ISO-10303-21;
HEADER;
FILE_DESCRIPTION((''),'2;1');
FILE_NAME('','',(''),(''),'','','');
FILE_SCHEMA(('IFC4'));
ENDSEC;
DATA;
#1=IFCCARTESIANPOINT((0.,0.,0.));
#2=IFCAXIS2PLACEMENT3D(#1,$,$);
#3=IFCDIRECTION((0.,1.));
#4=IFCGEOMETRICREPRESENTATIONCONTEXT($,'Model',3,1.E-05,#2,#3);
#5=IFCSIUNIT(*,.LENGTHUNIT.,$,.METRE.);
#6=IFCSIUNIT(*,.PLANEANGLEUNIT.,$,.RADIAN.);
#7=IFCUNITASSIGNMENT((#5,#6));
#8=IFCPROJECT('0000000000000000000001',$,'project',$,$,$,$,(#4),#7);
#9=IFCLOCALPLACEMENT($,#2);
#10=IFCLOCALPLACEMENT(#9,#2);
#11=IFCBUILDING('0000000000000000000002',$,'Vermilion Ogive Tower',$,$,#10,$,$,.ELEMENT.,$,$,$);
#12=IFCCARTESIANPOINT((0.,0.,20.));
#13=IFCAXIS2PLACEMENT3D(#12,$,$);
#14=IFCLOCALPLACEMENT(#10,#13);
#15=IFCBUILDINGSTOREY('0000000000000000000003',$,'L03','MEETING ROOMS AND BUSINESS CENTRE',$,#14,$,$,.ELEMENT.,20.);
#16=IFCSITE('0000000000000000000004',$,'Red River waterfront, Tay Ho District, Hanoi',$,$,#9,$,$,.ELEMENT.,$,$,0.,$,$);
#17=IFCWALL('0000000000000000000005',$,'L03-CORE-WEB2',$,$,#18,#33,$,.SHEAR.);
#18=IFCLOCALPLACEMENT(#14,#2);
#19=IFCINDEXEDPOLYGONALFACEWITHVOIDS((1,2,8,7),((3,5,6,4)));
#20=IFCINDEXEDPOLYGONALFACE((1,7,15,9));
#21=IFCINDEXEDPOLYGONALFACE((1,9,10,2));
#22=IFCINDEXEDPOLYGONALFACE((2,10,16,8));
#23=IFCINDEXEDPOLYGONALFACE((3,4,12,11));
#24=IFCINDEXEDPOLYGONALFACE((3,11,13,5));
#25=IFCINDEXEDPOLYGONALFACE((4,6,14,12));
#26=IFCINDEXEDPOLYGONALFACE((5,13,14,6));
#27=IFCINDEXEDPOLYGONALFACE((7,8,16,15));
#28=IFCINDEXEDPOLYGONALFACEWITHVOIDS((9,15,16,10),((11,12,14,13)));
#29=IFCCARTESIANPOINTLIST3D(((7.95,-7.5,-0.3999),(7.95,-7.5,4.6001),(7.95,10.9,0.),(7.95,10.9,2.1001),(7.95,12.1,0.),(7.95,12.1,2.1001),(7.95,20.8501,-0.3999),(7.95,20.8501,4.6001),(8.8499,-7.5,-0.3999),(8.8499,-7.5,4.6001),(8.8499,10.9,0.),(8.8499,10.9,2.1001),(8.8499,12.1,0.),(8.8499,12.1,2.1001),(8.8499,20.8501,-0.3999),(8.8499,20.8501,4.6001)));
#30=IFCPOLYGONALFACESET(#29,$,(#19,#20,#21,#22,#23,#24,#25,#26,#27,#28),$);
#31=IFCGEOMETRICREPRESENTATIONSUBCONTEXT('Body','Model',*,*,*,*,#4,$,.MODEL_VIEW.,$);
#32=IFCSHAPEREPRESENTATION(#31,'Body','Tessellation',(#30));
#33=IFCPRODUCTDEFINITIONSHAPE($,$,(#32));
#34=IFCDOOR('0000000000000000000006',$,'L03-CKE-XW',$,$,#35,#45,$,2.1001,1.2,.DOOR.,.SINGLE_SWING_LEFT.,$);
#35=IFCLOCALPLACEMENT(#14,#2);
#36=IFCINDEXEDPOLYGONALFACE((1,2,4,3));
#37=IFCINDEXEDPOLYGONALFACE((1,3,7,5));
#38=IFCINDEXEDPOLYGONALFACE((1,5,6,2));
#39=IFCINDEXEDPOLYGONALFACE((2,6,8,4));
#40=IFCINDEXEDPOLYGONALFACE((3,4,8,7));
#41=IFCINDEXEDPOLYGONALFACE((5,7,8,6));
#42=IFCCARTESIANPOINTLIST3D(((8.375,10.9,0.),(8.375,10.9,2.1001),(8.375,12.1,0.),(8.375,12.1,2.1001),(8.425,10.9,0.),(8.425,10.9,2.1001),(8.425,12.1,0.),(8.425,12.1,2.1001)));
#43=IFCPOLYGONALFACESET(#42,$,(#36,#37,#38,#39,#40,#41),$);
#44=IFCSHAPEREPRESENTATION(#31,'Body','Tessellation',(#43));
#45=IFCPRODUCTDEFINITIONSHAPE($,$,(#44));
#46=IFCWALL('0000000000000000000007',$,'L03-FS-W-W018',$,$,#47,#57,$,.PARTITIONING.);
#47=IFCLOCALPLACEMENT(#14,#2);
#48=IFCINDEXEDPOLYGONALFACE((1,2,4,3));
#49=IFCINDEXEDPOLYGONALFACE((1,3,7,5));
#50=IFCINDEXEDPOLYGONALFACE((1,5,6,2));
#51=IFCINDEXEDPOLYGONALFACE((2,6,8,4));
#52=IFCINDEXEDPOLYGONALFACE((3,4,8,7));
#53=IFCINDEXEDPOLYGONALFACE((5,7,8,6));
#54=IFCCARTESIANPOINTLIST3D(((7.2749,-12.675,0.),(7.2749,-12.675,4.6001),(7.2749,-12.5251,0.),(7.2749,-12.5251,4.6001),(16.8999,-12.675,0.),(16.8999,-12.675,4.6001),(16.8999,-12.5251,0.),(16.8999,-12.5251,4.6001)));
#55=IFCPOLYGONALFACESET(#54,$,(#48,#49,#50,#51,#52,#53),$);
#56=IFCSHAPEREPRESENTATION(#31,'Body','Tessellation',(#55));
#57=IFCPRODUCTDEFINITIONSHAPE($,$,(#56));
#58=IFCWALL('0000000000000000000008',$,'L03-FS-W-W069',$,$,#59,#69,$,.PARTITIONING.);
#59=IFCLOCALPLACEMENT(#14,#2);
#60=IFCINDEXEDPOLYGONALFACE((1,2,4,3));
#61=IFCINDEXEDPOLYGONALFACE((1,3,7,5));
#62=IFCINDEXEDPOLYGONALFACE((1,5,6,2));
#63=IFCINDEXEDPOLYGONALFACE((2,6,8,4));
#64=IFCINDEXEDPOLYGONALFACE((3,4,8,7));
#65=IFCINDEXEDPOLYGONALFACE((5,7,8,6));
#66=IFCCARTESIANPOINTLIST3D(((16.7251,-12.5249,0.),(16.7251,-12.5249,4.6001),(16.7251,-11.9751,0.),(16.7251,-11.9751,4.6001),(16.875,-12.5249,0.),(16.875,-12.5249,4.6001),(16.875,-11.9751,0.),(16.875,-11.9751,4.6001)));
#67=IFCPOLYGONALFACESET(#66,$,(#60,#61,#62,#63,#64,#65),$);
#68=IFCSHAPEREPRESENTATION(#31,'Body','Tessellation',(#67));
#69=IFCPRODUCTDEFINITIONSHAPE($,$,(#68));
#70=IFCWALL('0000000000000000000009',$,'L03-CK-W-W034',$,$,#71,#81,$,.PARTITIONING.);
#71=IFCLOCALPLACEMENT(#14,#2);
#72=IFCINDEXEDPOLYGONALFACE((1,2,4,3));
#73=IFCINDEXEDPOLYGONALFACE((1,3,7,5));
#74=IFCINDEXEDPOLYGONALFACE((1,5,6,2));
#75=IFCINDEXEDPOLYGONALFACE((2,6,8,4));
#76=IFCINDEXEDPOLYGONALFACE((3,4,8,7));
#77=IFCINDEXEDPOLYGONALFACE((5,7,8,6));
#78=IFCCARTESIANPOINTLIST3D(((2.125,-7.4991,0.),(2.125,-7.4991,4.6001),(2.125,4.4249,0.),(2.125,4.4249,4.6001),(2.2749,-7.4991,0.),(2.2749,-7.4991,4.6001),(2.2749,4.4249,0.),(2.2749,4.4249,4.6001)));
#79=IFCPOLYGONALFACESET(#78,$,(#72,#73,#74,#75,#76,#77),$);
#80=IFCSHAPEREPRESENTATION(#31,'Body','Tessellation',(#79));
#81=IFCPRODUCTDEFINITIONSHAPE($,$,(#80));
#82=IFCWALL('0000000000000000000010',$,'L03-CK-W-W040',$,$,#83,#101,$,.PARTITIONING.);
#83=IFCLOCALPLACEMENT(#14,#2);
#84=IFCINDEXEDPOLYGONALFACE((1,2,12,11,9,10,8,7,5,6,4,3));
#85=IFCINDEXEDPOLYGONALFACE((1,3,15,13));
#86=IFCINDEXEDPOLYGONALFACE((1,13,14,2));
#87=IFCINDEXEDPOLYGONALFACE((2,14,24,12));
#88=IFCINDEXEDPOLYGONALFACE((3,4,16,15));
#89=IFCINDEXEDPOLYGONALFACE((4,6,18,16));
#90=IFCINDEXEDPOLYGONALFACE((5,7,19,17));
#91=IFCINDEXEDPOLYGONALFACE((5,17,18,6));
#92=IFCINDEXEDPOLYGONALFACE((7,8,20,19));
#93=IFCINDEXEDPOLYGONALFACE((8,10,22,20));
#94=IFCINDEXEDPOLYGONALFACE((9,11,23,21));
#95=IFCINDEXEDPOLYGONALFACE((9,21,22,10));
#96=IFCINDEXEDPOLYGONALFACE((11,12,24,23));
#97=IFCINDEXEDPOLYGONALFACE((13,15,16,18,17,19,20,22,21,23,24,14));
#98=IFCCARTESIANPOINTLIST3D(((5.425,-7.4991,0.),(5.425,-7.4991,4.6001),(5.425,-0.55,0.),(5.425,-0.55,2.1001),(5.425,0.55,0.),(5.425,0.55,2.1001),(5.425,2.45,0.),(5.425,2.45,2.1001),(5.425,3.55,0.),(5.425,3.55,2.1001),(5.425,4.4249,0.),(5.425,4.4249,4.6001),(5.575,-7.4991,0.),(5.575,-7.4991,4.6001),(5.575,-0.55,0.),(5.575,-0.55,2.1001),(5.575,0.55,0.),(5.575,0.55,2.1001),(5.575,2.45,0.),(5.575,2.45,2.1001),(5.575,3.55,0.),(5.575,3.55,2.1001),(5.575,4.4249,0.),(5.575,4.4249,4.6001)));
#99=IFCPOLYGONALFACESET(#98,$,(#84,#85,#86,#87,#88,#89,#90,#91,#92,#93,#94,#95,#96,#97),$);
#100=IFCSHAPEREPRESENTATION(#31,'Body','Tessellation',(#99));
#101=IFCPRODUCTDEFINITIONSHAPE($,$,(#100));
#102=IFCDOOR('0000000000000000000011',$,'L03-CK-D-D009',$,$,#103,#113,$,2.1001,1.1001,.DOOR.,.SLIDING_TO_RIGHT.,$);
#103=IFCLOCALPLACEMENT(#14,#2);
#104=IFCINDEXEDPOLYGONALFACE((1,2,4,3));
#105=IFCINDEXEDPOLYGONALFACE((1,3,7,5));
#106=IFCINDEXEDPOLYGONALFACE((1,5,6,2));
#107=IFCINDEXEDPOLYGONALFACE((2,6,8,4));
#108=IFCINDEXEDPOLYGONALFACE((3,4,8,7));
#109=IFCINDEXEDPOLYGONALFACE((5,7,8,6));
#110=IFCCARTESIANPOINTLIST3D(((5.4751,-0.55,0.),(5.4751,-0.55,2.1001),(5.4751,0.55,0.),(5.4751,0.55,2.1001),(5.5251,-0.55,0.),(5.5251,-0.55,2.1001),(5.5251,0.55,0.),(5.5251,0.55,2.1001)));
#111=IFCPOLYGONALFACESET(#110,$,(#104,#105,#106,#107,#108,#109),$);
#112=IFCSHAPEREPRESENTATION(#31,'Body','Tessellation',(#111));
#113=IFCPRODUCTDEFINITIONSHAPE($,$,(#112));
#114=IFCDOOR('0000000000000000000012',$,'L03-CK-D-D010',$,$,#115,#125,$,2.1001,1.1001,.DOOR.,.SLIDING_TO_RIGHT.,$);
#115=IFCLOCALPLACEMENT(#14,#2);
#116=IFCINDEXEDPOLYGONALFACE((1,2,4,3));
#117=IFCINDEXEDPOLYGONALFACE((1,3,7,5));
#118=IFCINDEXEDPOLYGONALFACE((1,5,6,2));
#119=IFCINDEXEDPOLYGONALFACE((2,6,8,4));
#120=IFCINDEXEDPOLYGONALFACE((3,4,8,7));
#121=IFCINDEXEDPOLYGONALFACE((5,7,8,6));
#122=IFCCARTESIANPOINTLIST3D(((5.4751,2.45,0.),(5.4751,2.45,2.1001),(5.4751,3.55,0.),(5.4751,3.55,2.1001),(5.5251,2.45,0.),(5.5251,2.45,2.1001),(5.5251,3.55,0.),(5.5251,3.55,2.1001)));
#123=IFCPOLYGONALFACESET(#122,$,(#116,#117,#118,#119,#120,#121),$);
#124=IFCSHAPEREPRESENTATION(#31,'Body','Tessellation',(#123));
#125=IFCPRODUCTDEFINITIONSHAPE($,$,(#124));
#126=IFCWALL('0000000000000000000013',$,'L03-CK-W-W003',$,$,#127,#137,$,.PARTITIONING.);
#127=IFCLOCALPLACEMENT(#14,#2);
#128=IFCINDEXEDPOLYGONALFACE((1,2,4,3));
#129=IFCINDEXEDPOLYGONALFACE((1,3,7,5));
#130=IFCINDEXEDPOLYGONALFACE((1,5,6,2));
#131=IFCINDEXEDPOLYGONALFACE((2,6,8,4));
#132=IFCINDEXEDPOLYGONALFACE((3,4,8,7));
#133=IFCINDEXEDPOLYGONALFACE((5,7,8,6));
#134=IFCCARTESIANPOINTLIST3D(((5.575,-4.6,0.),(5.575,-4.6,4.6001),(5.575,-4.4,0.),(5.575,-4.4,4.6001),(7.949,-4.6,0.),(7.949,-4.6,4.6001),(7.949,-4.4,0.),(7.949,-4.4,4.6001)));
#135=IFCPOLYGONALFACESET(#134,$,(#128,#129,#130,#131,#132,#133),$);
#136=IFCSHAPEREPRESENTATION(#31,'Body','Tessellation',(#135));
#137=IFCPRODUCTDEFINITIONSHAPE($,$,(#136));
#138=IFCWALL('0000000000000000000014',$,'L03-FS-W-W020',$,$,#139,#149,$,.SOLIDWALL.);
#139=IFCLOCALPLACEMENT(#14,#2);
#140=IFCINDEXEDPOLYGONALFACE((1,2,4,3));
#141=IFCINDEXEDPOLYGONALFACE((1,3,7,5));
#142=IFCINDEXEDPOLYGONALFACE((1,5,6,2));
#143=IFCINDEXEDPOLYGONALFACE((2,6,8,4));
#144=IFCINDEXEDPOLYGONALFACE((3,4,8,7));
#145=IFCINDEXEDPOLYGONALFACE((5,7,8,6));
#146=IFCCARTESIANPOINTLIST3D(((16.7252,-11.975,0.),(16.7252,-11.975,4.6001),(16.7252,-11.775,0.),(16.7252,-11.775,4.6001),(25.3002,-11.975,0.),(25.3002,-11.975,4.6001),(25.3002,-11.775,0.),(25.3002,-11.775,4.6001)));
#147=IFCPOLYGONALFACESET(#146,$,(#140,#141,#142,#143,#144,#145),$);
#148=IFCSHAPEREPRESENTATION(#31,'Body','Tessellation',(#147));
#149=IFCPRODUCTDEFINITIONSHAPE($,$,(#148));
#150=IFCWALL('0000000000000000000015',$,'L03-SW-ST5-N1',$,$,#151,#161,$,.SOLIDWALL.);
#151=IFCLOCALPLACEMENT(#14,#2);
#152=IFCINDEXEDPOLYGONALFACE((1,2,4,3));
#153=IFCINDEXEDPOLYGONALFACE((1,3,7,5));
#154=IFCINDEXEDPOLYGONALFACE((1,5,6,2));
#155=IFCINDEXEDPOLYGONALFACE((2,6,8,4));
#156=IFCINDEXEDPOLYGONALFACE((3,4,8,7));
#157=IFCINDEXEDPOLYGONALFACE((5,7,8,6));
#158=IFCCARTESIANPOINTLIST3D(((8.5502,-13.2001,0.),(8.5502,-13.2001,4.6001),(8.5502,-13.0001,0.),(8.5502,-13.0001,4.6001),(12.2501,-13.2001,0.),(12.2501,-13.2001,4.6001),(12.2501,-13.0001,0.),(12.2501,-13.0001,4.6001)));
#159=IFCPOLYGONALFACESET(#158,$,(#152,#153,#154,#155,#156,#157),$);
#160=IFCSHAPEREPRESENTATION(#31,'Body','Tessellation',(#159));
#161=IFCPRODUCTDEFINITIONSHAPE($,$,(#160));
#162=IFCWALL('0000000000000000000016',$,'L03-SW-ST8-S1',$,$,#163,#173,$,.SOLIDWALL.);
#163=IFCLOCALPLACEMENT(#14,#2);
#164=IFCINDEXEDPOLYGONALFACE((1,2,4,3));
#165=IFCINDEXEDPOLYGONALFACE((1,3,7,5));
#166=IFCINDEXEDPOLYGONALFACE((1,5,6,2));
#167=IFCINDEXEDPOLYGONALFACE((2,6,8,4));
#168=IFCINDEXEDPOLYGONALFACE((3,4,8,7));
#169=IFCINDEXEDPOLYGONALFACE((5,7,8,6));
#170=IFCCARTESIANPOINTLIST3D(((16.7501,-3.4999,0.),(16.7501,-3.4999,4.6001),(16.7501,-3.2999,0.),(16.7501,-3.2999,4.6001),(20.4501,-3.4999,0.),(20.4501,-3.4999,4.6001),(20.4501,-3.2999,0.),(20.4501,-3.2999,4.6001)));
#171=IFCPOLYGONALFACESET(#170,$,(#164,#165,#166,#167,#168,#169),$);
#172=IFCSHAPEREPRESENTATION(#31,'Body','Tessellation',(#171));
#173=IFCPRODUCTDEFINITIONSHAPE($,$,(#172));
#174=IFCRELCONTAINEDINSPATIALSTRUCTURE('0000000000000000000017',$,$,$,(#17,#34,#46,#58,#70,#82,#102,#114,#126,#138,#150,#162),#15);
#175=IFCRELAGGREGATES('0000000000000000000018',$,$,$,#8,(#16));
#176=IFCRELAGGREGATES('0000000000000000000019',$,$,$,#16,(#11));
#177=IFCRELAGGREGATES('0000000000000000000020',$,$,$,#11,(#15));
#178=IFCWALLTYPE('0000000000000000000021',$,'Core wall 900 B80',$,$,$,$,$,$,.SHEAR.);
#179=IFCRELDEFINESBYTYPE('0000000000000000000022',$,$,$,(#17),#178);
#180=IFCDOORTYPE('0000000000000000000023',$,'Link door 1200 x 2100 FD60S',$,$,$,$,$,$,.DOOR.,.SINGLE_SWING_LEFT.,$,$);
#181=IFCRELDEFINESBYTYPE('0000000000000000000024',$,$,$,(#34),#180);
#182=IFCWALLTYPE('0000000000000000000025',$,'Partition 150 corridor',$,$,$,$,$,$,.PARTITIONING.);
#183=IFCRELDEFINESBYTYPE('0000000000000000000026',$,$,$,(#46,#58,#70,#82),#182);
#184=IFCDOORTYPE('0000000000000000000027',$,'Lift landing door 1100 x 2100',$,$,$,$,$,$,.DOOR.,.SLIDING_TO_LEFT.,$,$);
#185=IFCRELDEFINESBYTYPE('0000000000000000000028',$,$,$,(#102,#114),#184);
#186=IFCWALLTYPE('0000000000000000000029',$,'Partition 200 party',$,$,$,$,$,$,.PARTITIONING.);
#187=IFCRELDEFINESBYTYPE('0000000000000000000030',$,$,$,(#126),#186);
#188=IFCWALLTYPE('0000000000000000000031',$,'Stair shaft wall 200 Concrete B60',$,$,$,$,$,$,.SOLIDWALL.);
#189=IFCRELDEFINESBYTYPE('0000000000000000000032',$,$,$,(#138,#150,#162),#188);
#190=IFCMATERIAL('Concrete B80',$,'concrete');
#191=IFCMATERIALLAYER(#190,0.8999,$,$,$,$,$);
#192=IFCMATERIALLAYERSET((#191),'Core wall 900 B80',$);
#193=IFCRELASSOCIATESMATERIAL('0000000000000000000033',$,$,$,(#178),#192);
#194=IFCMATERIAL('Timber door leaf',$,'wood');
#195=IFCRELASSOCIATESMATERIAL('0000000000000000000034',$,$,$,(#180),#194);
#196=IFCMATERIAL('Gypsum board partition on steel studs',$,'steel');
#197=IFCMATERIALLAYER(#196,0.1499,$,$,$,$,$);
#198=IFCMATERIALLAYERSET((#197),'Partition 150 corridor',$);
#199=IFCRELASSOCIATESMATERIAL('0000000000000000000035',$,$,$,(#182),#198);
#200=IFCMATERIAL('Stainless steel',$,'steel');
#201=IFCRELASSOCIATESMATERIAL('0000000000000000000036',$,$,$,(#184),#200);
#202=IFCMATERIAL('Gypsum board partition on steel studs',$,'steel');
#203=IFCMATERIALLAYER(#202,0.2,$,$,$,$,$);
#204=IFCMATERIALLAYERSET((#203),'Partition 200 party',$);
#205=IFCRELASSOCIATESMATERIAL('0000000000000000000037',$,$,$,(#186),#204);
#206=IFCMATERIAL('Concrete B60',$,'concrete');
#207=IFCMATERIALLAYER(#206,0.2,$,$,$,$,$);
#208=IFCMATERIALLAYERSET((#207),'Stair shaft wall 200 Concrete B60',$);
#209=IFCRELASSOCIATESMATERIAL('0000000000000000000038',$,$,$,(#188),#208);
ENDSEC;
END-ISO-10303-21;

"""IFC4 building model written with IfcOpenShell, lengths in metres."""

from ifc_helpers import new_model, si_unit, direction, frame, frame_2d, origin, place, context, subcontext, project, spatial, rectangle, extrude, material, layer, layer_set, type_object, element, fill, save


model = new_model("IFC4")

# Units and contexts
model_context = context("Model", 3, precision=1e-05, world=origin(), true_north=direction((0.0, 1.0)))
body_context = subcontext(model_context, "Body", "Model", "MODEL_VIEW")
ifc_project = project(units=[si_unit("LENGTHUNIT", "METRE"), si_unit("PLANEANGLEUNIT", "RADIAN")], contexts=[model_context])

# Site, building, storey
site_placement = place(None, origin())
site = spatial("IfcSite", under=ifc_project, at=site_placement, Name="Red River waterfront, Tay Ho District, Hanoi", CompositionType="ELEMENT", RefElevation=0.0)
building_placement = place(site_placement, origin())
building = spatial("IfcBuilding", under=site, at=building_placement, Name="Vermilion Ogive Tower", CompositionType="ELEMENT")
storey_placement = place(building_placement, frame((0.0, 0.0, 20.0)))
storey = spatial("IfcBuildingStorey", under=building, at=storey_placement, Name="L03", Description="MEETING ROOMS AND BUSINESS CENTRE", CompositionType="ELEMENT", Elevation=20.0)

# Shared definitions
ifc_material_1 = material(Name="Concrete B80", Category="concrete")
ifc_layer_1 = layer(ifc_material_1, 0.8999)
ifc_layer_set_1 = layer_set([ifc_layer_1], Name="Core wall 900 B80")
wall_type_1 = type_object("IfcWallType", Name="Core wall 900 B80", PredefinedType="SHEAR", material=ifc_layer_set_1)
ifc_material_2 = material(Name="Timber door leaf", Category="wood")
door_type_1 = type_object("IfcDoorType", Name="Link door 1200 x 2100 FD60S", OperationType="SINGLE_SWING_LEFT", PredefinedType="DOOR", material=ifc_material_2)

# Wall, opening, door
wall_1_placement = place(storey_placement, frame((8.3999, -7.5, -0.3999), z_axis=(0.0, 0.0, 1.0), x_axis=(0.0, 1.0, 0.0)))
wall_1 = element("IfcWall", 1, at=wall_1_placement, inside=storey, type_object=wall_type_1, Name="L03-CORE-WEB2", PredefinedType="SHEAR", context=body_context, shape_type="SweptSolid", body=[
    extrude(rectangle(XDim=28.3501, YDim=0.8999, at=frame_2d((14.175, 0.0))), origin(), (0.0, 0.0, 1.0), 5.0),
])
opening_1_placement = place(wall_1_placement, frame((18.3999, 0.0, 0.3999)))
opening_1 = element("IfcOpeningElement", 2, at=opening_1_placement, cuts=wall_1, PredefinedType="OPENING", context=body_context, shape_type="SweptSolid", body=[
    extrude(rectangle(XDim=1.2, YDim=2.1001, at=frame_2d((0.6001, 1.05))), frame((0.0, 0.46, 0.0), z_axis=(0.0, -1.0, 0.0), x_axis=(1.0, 0.0, 0.0)), (0.0, 0.0, 1.0), 0.9199),
])
door_1_placement = place(opening_1_placement, origin())
door_1 = element("IfcDoor", 3, at=door_1_placement, inside=storey, type_object=door_type_1, Name="L03-CKE-XW", OperationType="SINGLE_SWING_LEFT", OverallHeight=2.1001, OverallWidth=1.2, PredefinedType="DOOR", context=body_context, shape_type="SweptSolid", body=[
    extrude(rectangle(XDim=1.2, YDim=2.1001, at=frame_2d((0.6001, 1.05))), frame((0.0, 0.0249, 0.0), z_axis=(0.0, -1.0, 0.0), x_axis=(1.0, 0.0, 0.0)), (0.0, 0.0, 1.0), 0.05),
])
fill(opening_1, door_1)

# Walls
ifc_material_3 = material(Name="Gypsum board partition on steel studs", Category="steel")
ifc_layer_2 = layer(ifc_material_3, 0.1499)
ifc_layer_set_2 = layer_set([ifc_layer_2], Name="Partition 150 corridor")
wall_type_2 = type_object("IfcWallType", Name="Partition 150 corridor", PredefinedType="PARTITIONING", material=ifc_layer_set_2)
wall_2_placement = place(storey_placement, frame((7.2749, -12.6001, 0.0), z_axis=(0.0, 0.0, 1.0), x_axis=(1.0, 0.0, 0.0)))
element("IfcWall", 4, at=wall_2_placement, inside=storey, type_object=wall_type_2, Name="L03-FS-W-W018", PredefinedType="PARTITIONING", context=body_context, shape_type="SweptSolid", body=[
    extrude(rectangle(XDim=9.625, YDim=0.1499, at=frame_2d((4.8125, 0.0))), origin(), (0.0, 0.0, 1.0), 4.6001),
])
wall_3_placement = place(storey_placement, frame((16.8, -12.5249, 0.0), z_axis=(0.0, 0.0, 1.0), x_axis=(0.0, 1.0, 0.0)))
element("IfcWall", 5, at=wall_3_placement, inside=storey, type_object=wall_type_2, Name="L03-FS-W-W069", PredefinedType="PARTITIONING", context=body_context, shape_type="SweptSolid", body=[
    extrude(rectangle(XDim=0.5498, YDim=0.1499, at=frame_2d((0.2749, 0.0))), origin(), (0.0, 0.0, 1.0), 4.6001),
])
wall_4_placement = place(storey_placement, frame((2.2, -7.499, 0.0), z_axis=(0.0, 0.0, 1.0), x_axis=(0.0, 1.0, 0.0)))
element("IfcWall", 6, at=wall_4_placement, inside=storey, type_object=wall_type_2, Name="L03-CK-W-W034", PredefinedType="PARTITIONING", context=body_context, shape_type="SweptSolid", body=[
    extrude(rectangle(XDim=11.9241, YDim=0.1499, at=frame_2d((5.9619, 0.0))), origin(), (0.0, 0.0, 1.0), 4.6001),
])

# Wall, openings, doors
wall_5_placement = place(storey_placement, frame((5.5, -7.499, 0.0), z_axis=(0.0, 0.0, 1.0), x_axis=(0.0, 1.0, 0.0)))
wall_5 = element("IfcWall", 7, at=wall_5_placement, inside=storey, type_object=wall_type_2, Name="L03-CK-W-W040", PredefinedType="PARTITIONING", context=body_context, shape_type="SweptSolid", body=[
    extrude(rectangle(XDim=11.9241, YDim=0.1499, at=frame_2d((5.9619, 0.0))), origin(), (0.0, 0.0, 1.0), 4.6001),
])
opening_2_placement = place(wall_5_placement, frame((6.949, 0.0, 0.0)))
opening_2 = element("IfcOpeningElement", 8, at=opening_2_placement, cuts=wall_5, PredefinedType="OPENING", context=body_context, shape_type="SweptSolid", body=[
    extrude(rectangle(XDim=1.1001, YDim=2.1001, at=frame_2d((0.55, 1.05))), frame((0.0, 0.085, 0.0), z_axis=(0.0, -1.0, 0.0), x_axis=(1.0, 0.0, 0.0)), (0.0, 0.0, 1.0), 0.1699),
])
opening_3_placement = place(wall_5_placement, frame((9.949, 0.0, 0.0)))
opening_3 = element("IfcOpeningElement", 9, at=opening_3_placement, cuts=wall_5, PredefinedType="OPENING", context=body_context, shape_type="SweptSolid", body=[
    extrude(rectangle(XDim=1.1001, YDim=2.1001, at=frame_2d((0.55, 1.05))), frame((0.0, 0.085, 0.0), z_axis=(0.0, -1.0, 0.0), x_axis=(1.0, 0.0, 0.0)), (0.0, 0.0, 1.0), 0.1699),
])
ifc_material_4 = material(Name="Stainless steel", Category="steel")
door_type_2 = type_object("IfcDoorType", Name="Lift landing door 1100 x 2100", OperationType="SLIDING_TO_LEFT", PredefinedType="DOOR", material=ifc_material_4)
door_2_placement = place(opening_2_placement, origin())
door_2 = element("IfcDoor", 10, at=door_2_placement, inside=storey, type_object=door_type_2, Name="L03-CK-D-D009", OperationType="SLIDING_TO_RIGHT", OverallHeight=2.1001, OverallWidth=1.1001, PredefinedType="DOOR", context=body_context, shape_type="SweptSolid", body=[
    extrude(rectangle(XDim=1.1001, YDim=2.1001, at=frame_2d((0.55, 1.05))), frame((0.0, 0.0249, 0.0), z_axis=(0.0, -1.0, 0.0), x_axis=(1.0, 0.0, 0.0)), (0.0, 0.0, 1.0), 0.05),
])
fill(opening_2, door_2)
door_3_placement = place(opening_3_placement, origin())
door_3 = element("IfcDoor", 11, at=door_3_placement, inside=storey, type_object=door_type_2, Name="L03-CK-D-D010", OperationType="SLIDING_TO_RIGHT", OverallHeight=2.1001, OverallWidth=1.1001, PredefinedType="DOOR", context=body_context, shape_type="SweptSolid", body=[
    extrude(rectangle(XDim=1.1001, YDim=2.1001, at=frame_2d((0.55, 1.05))), frame((0.0, 0.0249, 0.0), z_axis=(0.0, -1.0, 0.0), x_axis=(1.0, 0.0, 0.0)), (0.0, 0.0, 1.0), 0.05),
])
fill(opening_3, door_3)

# Walls
ifc_material_5 = material(Name="Gypsum board partition on steel studs", Category="steel")
ifc_layer_3 = layer(ifc_material_5, 0.2)
ifc_layer_set_3 = layer_set([ifc_layer_3], Name="Partition 200 party")
wall_type_3 = type_object("IfcWallType", Name="Partition 200 party", PredefinedType="PARTITIONING", material=ifc_layer_set_3)
wall_6_placement = place(storey_placement, frame((5.575, -4.5, 0.0), z_axis=(0.0, 0.0, 1.0), x_axis=(1.0, 0.0, 0.0)))
element("IfcWall", 12, at=wall_6_placement, inside=storey, type_object=wall_type_3, Name="L03-CK-W-W003", PredefinedType="PARTITIONING", context=body_context, shape_type="SweptSolid", body=[
    extrude(rectangle(XDim=2.374, YDim=0.2, at=frame_2d((1.187, 0.0))), origin(), (0.0, 0.0, 1.0), 4.6001),
])
ifc_material_6 = material(Name="Concrete B60", Category="concrete")
ifc_layer_4 = layer(ifc_material_6, 0.2)
ifc_layer_set_4 = layer_set([ifc_layer_4], Name="Stair shaft wall 200 Concrete B60")
wall_type_4 = type_object("IfcWallType", Name="Stair shaft wall 200 Concrete B60", PredefinedType="SOLIDWALL", material=ifc_layer_set_4)
wall_7_placement = place(storey_placement, frame((16.7251, -11.875, 0.0), z_axis=(0.0, 0.0, 1.0), x_axis=(1.0, 0.0, 0.0)))
element("IfcWall", 13, at=wall_7_placement, inside=storey, type_object=wall_type_4, Name="L03-FS-W-W020", PredefinedType="SOLIDWALL", context=body_context, shape_type="SweptSolid", body=[
    extrude(rectangle(XDim=8.575, YDim=0.2, at=frame_2d((4.2876, 0.0))), origin(), (0.0, 0.0, 1.0), 4.6001),
])
for number, where, z_axis, x_axis, name in (
    (14, (8.55, -13.1001, 0.0), (0.0, 0.0, 1.0), (1.0, 0.0, 0.0), "L03-SW-ST5-N1"),
    (15, (16.75, -3.3999, 0.0), (0.0, 0.0, 1.0), (1.0, 0.0, 0.0), "L03-SW-ST8-S1"),
):
    element("IfcWall", number, at=place(storey_placement, frame(where, z_axis=z_axis, x_axis=x_axis)), inside=storey, type_object=wall_type_4, Name=name, PredefinedType="SOLIDWALL", context=body_context, shape_type="SweptSolid", body=[
        extrude(rectangle(XDim=3.7, YDim=0.2, at=frame_2d((1.8501, 0.0))), origin(), (0.0, 0.0, 1.0), 4.6001),
    ])

save(model, "model.ifc")
